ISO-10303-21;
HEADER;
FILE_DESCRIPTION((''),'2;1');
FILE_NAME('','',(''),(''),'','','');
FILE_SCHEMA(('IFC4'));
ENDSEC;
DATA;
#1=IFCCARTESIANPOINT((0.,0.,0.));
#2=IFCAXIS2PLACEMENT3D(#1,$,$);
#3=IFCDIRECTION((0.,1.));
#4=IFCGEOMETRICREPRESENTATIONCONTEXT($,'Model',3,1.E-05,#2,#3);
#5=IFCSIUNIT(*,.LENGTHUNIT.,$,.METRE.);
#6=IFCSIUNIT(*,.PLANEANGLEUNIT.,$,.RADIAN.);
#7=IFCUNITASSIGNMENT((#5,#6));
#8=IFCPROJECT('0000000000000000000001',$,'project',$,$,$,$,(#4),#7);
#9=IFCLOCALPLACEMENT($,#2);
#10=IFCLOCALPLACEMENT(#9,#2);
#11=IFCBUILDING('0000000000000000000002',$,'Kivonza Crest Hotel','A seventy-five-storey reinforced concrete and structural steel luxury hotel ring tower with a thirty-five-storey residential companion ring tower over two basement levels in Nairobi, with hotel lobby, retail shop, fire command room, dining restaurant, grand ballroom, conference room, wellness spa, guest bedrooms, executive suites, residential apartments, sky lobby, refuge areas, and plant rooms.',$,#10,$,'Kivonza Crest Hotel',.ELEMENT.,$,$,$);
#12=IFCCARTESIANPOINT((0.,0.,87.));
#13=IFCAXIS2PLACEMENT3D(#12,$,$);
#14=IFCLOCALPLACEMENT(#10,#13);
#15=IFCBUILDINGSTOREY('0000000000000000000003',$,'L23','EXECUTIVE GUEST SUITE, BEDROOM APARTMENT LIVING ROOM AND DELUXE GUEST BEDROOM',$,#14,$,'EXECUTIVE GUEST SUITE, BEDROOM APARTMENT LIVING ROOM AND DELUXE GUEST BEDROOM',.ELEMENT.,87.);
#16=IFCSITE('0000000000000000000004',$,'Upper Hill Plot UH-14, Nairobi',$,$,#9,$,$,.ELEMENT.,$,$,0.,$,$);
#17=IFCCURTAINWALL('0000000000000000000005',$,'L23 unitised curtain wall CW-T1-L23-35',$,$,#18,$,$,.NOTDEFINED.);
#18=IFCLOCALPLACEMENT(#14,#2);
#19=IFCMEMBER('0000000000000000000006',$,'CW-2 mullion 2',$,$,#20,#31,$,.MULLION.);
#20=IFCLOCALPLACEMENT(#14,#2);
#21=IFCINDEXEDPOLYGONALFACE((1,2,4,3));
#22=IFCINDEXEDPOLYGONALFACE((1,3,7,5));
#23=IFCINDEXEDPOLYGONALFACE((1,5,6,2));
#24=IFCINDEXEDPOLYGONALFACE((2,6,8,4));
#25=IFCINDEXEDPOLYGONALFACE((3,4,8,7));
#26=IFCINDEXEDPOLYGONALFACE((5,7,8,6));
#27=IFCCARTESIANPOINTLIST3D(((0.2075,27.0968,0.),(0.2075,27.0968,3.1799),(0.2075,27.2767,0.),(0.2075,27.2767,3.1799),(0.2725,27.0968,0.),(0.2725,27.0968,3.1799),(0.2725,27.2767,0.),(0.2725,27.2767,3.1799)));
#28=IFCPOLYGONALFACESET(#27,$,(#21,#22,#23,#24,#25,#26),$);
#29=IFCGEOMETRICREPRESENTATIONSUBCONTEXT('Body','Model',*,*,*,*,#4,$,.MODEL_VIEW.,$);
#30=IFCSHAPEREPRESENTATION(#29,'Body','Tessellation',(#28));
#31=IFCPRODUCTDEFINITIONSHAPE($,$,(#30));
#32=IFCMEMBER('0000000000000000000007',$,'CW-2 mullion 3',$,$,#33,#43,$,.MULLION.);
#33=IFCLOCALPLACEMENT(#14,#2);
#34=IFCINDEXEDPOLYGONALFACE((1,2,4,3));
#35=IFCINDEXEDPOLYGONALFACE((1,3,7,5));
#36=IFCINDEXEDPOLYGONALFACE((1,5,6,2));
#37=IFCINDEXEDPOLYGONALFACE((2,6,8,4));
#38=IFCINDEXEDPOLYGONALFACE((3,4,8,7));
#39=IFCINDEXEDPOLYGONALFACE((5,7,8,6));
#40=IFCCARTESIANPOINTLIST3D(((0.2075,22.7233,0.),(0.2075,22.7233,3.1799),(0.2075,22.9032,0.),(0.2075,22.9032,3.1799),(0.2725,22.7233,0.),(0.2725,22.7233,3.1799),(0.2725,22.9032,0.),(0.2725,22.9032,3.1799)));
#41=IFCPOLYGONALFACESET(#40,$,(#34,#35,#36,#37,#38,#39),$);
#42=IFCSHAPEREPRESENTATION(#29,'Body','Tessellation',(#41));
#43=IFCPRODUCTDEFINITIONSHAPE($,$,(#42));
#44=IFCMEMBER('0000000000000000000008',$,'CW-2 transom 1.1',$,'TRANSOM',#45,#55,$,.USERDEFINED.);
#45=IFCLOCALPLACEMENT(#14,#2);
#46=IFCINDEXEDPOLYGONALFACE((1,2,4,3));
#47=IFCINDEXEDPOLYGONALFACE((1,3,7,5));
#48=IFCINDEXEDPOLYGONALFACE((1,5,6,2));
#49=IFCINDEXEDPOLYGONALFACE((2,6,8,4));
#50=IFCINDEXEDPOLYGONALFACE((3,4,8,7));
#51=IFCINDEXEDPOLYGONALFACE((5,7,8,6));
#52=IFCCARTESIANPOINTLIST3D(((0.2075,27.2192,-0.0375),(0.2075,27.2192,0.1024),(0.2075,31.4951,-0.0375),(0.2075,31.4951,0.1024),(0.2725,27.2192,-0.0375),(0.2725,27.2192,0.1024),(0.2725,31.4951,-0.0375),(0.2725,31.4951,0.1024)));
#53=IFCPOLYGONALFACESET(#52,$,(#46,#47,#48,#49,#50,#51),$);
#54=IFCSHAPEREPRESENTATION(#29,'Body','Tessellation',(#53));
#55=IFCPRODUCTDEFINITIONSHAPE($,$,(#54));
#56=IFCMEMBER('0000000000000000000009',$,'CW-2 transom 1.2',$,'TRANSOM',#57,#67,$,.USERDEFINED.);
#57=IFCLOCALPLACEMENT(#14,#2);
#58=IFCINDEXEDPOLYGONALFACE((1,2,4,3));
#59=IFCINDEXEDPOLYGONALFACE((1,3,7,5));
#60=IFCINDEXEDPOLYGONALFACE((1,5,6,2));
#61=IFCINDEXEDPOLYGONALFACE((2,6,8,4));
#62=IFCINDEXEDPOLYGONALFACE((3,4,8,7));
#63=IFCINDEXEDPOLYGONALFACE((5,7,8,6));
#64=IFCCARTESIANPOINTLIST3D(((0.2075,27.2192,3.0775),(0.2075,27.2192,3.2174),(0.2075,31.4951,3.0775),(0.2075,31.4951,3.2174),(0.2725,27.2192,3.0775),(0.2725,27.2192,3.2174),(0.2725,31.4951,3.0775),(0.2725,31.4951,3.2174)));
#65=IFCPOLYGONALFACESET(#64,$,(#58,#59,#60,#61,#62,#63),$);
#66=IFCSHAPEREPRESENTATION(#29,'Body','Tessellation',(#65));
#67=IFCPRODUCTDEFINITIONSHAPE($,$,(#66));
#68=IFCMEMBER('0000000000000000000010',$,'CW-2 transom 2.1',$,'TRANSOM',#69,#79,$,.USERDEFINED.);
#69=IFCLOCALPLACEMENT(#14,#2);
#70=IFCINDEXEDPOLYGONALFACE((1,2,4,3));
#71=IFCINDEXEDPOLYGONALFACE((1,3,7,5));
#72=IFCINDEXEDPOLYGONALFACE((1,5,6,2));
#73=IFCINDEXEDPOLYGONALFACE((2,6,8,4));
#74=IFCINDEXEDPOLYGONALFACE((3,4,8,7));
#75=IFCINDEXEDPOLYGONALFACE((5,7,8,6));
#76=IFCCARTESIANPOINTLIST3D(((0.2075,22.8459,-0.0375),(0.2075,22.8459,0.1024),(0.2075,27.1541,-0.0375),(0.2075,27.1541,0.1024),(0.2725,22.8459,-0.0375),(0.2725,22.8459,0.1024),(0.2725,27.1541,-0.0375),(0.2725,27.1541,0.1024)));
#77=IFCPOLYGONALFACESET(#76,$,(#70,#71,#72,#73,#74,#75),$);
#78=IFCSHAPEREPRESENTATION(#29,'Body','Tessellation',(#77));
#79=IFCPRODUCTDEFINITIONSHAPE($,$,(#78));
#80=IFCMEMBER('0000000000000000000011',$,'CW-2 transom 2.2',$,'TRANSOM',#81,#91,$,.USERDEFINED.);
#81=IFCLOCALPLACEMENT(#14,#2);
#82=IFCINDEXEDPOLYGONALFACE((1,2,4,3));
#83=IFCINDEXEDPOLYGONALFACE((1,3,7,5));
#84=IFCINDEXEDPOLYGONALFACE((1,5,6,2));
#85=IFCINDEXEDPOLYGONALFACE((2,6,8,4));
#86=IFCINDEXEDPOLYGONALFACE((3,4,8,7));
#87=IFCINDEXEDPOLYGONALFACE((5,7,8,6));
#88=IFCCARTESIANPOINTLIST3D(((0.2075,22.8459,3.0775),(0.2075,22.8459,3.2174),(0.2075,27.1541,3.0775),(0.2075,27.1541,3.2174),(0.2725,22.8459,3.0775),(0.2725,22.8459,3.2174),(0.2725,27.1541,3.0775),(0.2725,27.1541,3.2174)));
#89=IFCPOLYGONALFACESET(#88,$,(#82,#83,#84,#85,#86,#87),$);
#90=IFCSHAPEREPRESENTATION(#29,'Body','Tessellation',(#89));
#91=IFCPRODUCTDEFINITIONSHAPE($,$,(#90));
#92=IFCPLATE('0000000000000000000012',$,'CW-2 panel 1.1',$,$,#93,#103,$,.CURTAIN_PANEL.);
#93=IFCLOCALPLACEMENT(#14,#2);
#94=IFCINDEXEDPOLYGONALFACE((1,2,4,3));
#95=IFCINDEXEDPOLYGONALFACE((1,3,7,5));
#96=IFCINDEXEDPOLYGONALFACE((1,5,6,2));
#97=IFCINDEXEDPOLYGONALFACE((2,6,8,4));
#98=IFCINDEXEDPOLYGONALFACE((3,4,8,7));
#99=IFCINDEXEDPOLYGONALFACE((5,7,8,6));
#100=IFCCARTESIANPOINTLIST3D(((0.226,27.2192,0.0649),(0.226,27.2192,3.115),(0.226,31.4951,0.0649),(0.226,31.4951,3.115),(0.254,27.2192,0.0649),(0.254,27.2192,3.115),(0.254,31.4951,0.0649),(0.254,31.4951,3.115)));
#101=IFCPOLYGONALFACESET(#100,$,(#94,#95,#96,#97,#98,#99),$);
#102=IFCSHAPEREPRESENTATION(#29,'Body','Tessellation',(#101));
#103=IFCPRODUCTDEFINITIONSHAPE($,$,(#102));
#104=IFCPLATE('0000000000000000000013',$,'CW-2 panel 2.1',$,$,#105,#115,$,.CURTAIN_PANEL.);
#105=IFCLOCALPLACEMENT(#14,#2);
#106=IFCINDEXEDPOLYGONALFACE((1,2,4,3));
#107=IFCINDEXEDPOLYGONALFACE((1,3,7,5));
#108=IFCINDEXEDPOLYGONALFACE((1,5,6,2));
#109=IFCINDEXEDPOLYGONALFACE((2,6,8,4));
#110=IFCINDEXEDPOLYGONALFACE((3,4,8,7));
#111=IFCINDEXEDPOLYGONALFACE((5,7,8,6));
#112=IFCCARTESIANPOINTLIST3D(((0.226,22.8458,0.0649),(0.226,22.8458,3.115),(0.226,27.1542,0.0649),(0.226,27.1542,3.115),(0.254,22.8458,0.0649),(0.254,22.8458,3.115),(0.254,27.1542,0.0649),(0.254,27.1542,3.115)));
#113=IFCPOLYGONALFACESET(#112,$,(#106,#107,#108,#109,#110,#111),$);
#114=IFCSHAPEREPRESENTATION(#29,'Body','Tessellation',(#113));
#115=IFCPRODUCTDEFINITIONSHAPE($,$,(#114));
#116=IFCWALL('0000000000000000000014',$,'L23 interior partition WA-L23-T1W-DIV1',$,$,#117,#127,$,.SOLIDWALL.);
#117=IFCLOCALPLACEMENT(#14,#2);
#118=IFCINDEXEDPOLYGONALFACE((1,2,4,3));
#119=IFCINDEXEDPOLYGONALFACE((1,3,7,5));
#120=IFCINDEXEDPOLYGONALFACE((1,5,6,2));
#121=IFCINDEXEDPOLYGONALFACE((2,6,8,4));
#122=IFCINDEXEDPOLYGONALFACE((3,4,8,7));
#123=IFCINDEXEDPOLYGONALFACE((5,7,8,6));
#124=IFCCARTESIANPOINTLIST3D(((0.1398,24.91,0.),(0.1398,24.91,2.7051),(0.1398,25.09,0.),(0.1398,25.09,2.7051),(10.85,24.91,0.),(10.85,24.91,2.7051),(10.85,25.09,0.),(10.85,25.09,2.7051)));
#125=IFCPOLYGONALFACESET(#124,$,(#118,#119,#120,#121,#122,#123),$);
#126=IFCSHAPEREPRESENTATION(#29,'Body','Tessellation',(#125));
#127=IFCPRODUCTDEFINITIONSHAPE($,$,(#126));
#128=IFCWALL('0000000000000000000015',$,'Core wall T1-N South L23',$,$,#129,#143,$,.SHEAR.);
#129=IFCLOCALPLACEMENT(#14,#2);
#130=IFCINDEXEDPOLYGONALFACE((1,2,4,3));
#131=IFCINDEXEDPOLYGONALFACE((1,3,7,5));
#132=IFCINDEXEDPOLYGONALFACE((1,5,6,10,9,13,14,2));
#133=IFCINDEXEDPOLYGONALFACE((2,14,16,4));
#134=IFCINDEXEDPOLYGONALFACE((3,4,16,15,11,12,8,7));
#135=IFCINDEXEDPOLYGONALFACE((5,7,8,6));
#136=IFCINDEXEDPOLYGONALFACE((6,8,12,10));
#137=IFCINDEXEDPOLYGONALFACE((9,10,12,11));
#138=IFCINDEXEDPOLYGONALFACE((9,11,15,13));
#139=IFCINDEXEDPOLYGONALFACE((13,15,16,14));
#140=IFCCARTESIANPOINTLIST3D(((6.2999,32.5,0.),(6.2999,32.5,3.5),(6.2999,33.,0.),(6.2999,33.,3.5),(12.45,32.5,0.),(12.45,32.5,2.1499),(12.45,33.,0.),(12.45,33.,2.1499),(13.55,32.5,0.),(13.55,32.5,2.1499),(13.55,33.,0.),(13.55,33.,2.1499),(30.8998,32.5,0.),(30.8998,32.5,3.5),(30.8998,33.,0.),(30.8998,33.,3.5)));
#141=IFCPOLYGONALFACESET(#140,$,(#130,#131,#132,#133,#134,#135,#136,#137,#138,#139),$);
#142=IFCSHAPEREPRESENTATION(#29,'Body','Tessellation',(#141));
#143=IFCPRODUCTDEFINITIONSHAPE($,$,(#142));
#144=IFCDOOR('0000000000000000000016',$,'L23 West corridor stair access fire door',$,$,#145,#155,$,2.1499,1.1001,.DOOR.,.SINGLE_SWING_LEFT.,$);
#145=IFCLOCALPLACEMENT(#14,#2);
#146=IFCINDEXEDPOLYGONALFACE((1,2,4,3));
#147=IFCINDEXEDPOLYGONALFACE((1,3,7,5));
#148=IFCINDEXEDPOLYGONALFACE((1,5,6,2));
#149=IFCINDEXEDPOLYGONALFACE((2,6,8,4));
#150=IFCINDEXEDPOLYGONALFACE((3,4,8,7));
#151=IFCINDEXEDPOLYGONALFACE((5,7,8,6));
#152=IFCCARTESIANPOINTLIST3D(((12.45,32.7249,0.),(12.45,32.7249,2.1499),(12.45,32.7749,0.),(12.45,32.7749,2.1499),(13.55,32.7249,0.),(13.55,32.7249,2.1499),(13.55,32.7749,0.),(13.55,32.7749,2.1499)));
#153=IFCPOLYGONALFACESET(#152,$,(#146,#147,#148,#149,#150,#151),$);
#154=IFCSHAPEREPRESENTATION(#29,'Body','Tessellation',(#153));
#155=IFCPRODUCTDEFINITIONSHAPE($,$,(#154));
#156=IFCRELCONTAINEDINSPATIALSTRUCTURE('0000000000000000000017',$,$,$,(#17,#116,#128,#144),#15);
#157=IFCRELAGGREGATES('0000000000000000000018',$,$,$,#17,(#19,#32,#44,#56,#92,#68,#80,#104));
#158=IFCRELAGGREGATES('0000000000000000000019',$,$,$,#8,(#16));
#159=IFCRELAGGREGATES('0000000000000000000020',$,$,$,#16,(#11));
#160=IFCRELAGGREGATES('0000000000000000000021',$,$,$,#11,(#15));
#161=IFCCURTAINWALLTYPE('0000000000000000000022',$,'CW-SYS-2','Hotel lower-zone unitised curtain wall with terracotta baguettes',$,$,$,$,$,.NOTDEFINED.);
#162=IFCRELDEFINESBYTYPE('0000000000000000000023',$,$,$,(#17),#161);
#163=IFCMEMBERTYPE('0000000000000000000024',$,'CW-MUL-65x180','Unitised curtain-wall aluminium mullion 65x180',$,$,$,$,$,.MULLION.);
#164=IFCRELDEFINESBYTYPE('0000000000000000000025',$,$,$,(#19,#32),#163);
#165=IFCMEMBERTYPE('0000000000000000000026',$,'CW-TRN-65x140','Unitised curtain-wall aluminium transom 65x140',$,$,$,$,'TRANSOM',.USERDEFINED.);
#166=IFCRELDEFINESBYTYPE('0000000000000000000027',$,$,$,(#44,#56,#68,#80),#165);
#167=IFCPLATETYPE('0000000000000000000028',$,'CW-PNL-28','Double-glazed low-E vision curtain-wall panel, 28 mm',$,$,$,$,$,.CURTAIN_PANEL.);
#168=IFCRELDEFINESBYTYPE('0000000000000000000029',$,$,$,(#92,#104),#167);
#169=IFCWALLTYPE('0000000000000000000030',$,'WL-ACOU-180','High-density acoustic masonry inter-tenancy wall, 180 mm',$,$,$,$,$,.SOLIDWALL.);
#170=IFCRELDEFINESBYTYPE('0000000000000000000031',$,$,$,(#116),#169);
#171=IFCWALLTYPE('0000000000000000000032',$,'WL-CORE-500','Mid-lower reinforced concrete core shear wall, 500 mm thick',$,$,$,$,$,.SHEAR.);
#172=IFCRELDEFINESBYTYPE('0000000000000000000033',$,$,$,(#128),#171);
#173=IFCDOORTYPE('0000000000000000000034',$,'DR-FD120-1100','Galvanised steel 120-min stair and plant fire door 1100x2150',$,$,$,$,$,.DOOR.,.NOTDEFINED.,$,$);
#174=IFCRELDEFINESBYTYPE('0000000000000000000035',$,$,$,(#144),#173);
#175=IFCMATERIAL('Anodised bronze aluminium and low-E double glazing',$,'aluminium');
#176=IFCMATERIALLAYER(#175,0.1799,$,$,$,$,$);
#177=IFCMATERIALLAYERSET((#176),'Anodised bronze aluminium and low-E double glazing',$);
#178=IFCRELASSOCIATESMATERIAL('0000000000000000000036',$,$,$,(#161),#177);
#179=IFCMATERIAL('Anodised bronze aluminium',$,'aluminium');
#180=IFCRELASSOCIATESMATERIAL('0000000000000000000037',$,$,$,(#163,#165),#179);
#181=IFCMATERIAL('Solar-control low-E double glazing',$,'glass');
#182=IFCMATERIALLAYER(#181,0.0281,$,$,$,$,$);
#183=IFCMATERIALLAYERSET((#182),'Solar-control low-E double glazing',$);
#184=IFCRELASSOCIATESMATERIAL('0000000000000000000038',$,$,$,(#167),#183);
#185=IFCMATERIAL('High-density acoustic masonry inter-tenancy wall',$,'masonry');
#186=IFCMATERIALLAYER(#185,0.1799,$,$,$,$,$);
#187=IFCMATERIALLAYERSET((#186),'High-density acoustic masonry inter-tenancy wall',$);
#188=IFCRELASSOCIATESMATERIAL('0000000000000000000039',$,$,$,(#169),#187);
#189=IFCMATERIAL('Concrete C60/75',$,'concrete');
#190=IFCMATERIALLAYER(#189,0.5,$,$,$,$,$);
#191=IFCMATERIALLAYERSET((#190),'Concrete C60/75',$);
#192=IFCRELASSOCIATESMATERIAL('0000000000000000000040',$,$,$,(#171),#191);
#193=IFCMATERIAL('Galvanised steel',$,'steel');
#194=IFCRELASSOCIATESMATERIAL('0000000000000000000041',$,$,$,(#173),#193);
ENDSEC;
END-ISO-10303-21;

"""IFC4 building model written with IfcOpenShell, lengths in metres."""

from ifc_helpers import new_model, si_unit, direction, frame, frame_2d, origin, origin_2d, place, context, subcontext, project, spatial, rectangle, extrude, material, layer, layer_set, material_profile, profile_set, type_object, element, fill, aggregate, save


model = new_model("IFC4")

# Units and contexts
model_context = context("Model", 3, precision=1e-05, world=origin(), true_north=direction((0.0, 1.0)))
body_context = subcontext(model_context, "Body", "Model", "MODEL_VIEW")
ifc_project = project(units=[si_unit("LENGTHUNIT", "METRE"), si_unit("PLANEANGLEUNIT", "RADIAN")], contexts=[model_context])

# Site, building, storey
site_placement = place(None, origin())
site = spatial("IfcSite", under=ifc_project, at=site_placement, Name="Upper Hill Plot UH-14, Nairobi", CompositionType="ELEMENT", RefElevation=0.0)
building_placement = place(site_placement, origin())
building = spatial("IfcBuilding", under=site, at=building_placement, Name="Kivonza Crest Hotel", Description="A seventy-five-storey reinforced concrete and structural steel luxury hotel ring tower with a thirty-five-storey residential companion ring tower over two basement levels in Nairobi, with hotel lobby, retail shop, fire command room, dining restaurant, grand ballroom, conference room, wellness spa, guest bedrooms, executive suites, residential apartments, sky lobby, refuge areas, and plant rooms.", LongName="Kivonza Crest Hotel", CompositionType="ELEMENT")
storey_placement = place(building_placement, frame((0.0, 0.0, 87.0)))
storey = spatial("IfcBuildingStorey", under=building, at=storey_placement, Name="L23", Description="EXECUTIVE GUEST SUITE, BEDROOM APARTMENT LIVING ROOM AND DELUXE GUEST BEDROOM", LongName="EXECUTIVE GUEST SUITE, BEDROOM APARTMENT LIVING ROOM AND DELUXE GUEST BEDROOM", CompositionType="ELEMENT", Elevation=87.0)

# Curtain wall, members, plates
ifc_material_1 = material(Name="Anodised bronze aluminium and low-E double glazing", Category="aluminium")
ifc_layer_1 = layer(ifc_material_1, 0.1799)
ifc_layer_set_1 = layer_set([ifc_layer_1], Name="Anodised bronze aluminium and low-E double glazing")
curtain_wall_type = type_object("IfcCurtainWallType", Name="CW-SYS-2", Description="Hotel lower-zone unitised curtain wall with terracotta baguettes", PredefinedType="NOTDEFINED", material=ifc_layer_set_1)
curtain_wall_placement = place(storey_placement, origin())
curtain_wall = element("IfcCurtainWall", 1, at=curtain_wall_placement, inside=storey, type_object=curtain_wall_type, Name="L23 unitised curtain wall CW-T1-L23-35", PredefinedType="NOTDEFINED")
ifc_material_2 = material(Name="Anodised bronze aluminium", Category="aluminium")
ifc_material_profile_1 = material_profile(ifc_material_2, rectangle(XDim=0.0649, YDim=0.1799, at=origin_2d()), Name="CW-M 65x180")
ifc_profile_set_1 = profile_set([ifc_material_profile_1], Name="Anodised bronze aluminium")
member_type_1 = type_object("IfcMemberType", Name="CW-MUL-65x180", Description="Unitised curtain-wall aluminium mullion 65x180", PredefinedType="MULLION", material=ifc_profile_set_1)
member_1_placement = place(storey_placement, frame((0.24, 27.1868, 0.0), z_axis=(0.0, 0.0, 1.0), x_axis=(1.0, 0.0, 0.0)))
member_1 = element("IfcMember", 2, at=member_1_placement, type_object=member_type_1, Name="CW-2 mullion 2", PredefinedType="MULLION", context=body_context, shape_type="SweptSolid", body=[
    extrude(rectangle(XDim=0.0649, YDim=0.1799, at=origin_2d()), origin(), (0.0, 0.0, 1.0), 3.1799),
])
member_2_placement = place(storey_placement, frame((0.24, 22.8132, 0.0), z_axis=(0.0, 0.0, 1.0), x_axis=(1.0, 0.0, 0.0)))
member_2 = element("IfcMember", 3, at=member_2_placement, type_object=member_type_1, Name="CW-2 mullion 3", PredefinedType="MULLION", context=body_context, shape_type="SweptSolid", body=[
    extrude(rectangle(XDim=0.0649, YDim=0.1799, at=origin_2d()), origin(), (0.0, 0.0, 1.0), 3.1799),
])
ifc_material_profile_2 = material_profile(ifc_material_2, rectangle(XDim=0.0649, YDim=0.1399, at=origin_2d()), Name="CW-T 65x140")
ifc_profile_set_2 = profile_set([ifc_material_profile_2], Name="Anodised bronze aluminium")
member_type_2 = type_object("IfcMemberType", Name="CW-TRN-65x140", Description="Unitised curtain-wall aluminium transom 65x140", ElementType="TRANSOM", PredefinedType="USERDEFINED", material=ifc_profile_set_2)
member_3_placement = place(storey_placement, frame((0.24, 31.4951, 0.0325), z_axis=(0.0, -1.0, 0.0), x_axis=(1.0, 0.0, 0.0)))
member_3 = element("IfcMember", 4, at=member_3_placement, type_object=member_type_2, Name="CW-2 transom 1.1", ObjectType="TRANSOM", PredefinedType="USERDEFINED", context=body_context, shape_type="SweptSolid", body=[
    extrude(rectangle(XDim=0.0649, YDim=0.1399, at=origin_2d()), origin(), (0.0, 0.0, 1.0), 4.2759),
])
member_4_placement = place(storey_placement, frame((0.24, 31.4951, 3.1475), z_axis=(0.0, -1.0, 0.0), x_axis=(1.0, 0.0, 0.0)))
member_4 = element("IfcMember", 5, at=member_4_placement, type_object=member_type_2, Name="CW-2 transom 1.2", ObjectType="TRANSOM", PredefinedType="USERDEFINED", context=body_context, shape_type="SweptSolid", body=[
    extrude(rectangle(XDim=0.0649, YDim=0.1399, at=origin_2d()), origin(), (0.0, 0.0, 1.0), 4.2759),
])
member_5_placement = place(storey_placement, frame((0.24, 27.1541, 0.0325), z_axis=(0.0, -1.0, 0.0), x_axis=(1.0, 0.0, 0.0)))
member_5 = element("IfcMember", 6, at=member_5_placement, type_object=member_type_2, Name="CW-2 transom 2.1", ObjectType="TRANSOM", PredefinedType="USERDEFINED", context=body_context, shape_type="SweptSolid", body=[
    extrude(rectangle(XDim=0.0649, YDim=0.1399, at=origin_2d()), origin(), (0.0, 0.0, 1.0), 4.3081),
])
member_6_placement = place(storey_placement, frame((0.24, 27.1541, 3.1475), z_axis=(0.0, -1.0, 0.0), x_axis=(1.0, 0.0, 0.0)))
member_6 = element("IfcMember", 7, at=member_6_placement, type_object=member_type_2, Name="CW-2 transom 2.2", ObjectType="TRANSOM", PredefinedType="USERDEFINED", context=body_context, shape_type="SweptSolid", body=[
    extrude(rectangle(XDim=0.0649, YDim=0.1399, at=origin_2d()), origin(), (0.0, 0.0, 1.0), 4.3081),
])
ifc_material_3 = material(Name="Solar-control low-E double glazing", Category="glass")
ifc_layer_2 = layer(ifc_material_3, 0.0281)
ifc_layer_set_2 = layer_set([ifc_layer_2], Name="Solar-control low-E double glazing")
plate_type = type_object("IfcPlateType", Name="CW-PNL-28", Description="Double-glazed low-E vision curtain-wall panel, 28 mm", PredefinedType="CURTAIN_PANEL", material=ifc_layer_set_2)
plate_1_placement = place(storey_placement, frame((0.24, 29.3572, 0.0649), z_axis=(0.0, 0.0, 1.0), x_axis=(0.0, -1.0, 0.0)))
plate_1 = element("IfcPlate", 8, at=plate_1_placement, type_object=plate_type, Name="CW-2 panel 1.1", PredefinedType="CURTAIN_PANEL", context=body_context, shape_type="SweptSolid", body=[
    extrude(rectangle(XDim=4.2759, YDim=0.0281, at=origin_2d()), origin(), (0.0, 0.0, 1.0), 3.05),
])
plate_2_placement = place(storey_placement, frame((0.24, 25.0, 0.0649), z_axis=(0.0, 0.0, 1.0), x_axis=(0.0, -1.0, 0.0)))
plate_2 = element("IfcPlate", 9, at=plate_2_placement, type_object=plate_type, Name="CW-2 panel 2.1", PredefinedType="CURTAIN_PANEL", context=body_context, shape_type="SweptSolid", body=[
    extrude(rectangle(XDim=4.3083, YDim=0.0281, at=origin_2d()), origin(), (0.0, 0.0, 1.0), 3.05),
])
aggregate(curtain_wall, [member_1, member_2, member_3, member_4, plate_1, member_5, member_6, plate_2])

# Wall
ifc_material_4 = material(Name="High-density acoustic masonry inter-tenancy wall", Category="masonry")
ifc_layer_3 = layer(ifc_material_4, 0.1799)
ifc_layer_set_3 = layer_set([ifc_layer_3], Name="High-density acoustic masonry inter-tenancy wall")
wall_type_1 = type_object("IfcWallType", Name="WL-ACOU-180", Description="High-density acoustic masonry inter-tenancy wall, 180 mm", PredefinedType="SOLIDWALL", material=ifc_layer_set_3)
wall_1_placement = place(storey_placement, frame((0.1399, 25.0, 0.0), z_axis=(0.0, 0.0, 1.0), x_axis=(1.0, 0.0, 0.0)))
element("IfcWall", 10, at=wall_1_placement, inside=storey, type_object=wall_type_1, Name="L23 interior partition WA-L23-T1W-DIV1", PredefinedType="SOLIDWALL", context=body_context, shape_type="SweptSolid", body=[
    extrude(rectangle(XDim=10.7102, YDim=0.1799, at=frame_2d((5.355, 0.0))), origin(), (0.0, 0.0, 1.0), 2.7051),
])

# Wall, opening, door
ifc_material_5 = material(Name="Concrete C60/75", Category="concrete")
ifc_layer_4 = layer(ifc_material_5, 0.5)
ifc_layer_set_4 = layer_set([ifc_layer_4], Name="Concrete C60/75")
wall_type_2 = type_object("IfcWallType", Name="WL-CORE-500", Description="Mid-lower reinforced concrete core shear wall, 500 mm thick", PredefinedType="SHEAR", material=ifc_layer_set_4)
wall_2_placement = place(storey_placement, frame((6.3, 32.75, 0.0), z_axis=(0.0, 0.0, 1.0), x_axis=(1.0, 0.0, 0.0)))
wall_2 = element("IfcWall", 11, at=wall_2_placement, inside=storey, type_object=wall_type_2, Name="Core wall T1-N South L23", PredefinedType="SHEAR", context=body_context, shape_type="SweptSolid", body=[
    extrude(rectangle(XDim=24.5999, YDim=0.5, at=frame_2d((12.2998, 0.0))), origin(), (0.0, 0.0, 1.0), 3.5),
])
opening_placement = place(wall_2_placement, frame((6.1499, 0.0, 0.0)))
opening = element("IfcOpeningElement", 12, at=opening_placement, cuts=wall_2, PredefinedType="OPENING", context=body_context, shape_type="SweptSolid", body=[
    extrude(rectangle(XDim=1.1001, YDim=2.1499, at=frame_2d((0.55, 1.075))), frame((0.0, 0.26, 0.0), z_axis=(0.0, -1.0, 0.0), x_axis=(1.0, 0.0, 0.0)), (0.0, 0.0, 1.0), 0.52),
])
ifc_material_6 = material(Name="Galvanised steel", Category="steel")
door_type = type_object("IfcDoorType", Name="DR-FD120-1100", Description="Galvanised steel 120-min stair and plant fire door 1100x2150", OperationType="NOTDEFINED", PredefinedType="DOOR", material=ifc_material_6)
door_placement = place(opening_placement, origin())
door = element("IfcDoor", 13, at=door_placement, inside=storey, type_object=door_type, Name="L23 West corridor stair access fire door", OperationType="SINGLE_SWING_LEFT", OverallHeight=2.1499, OverallWidth=1.1001, PredefinedType="DOOR", context=body_context, shape_type="SweptSolid", body=[
    extrude(rectangle(XDim=1.1001, YDim=2.1499, at=frame_2d((0.55, 1.075))), frame((0.0, 0.0249, 0.0), z_axis=(0.0, -1.0, 0.0), x_axis=(1.0, 0.0, 0.0)), (0.0, 0.0, 1.0), 0.05),
])
fill(opening, door)

save(model, "model.ifc")
